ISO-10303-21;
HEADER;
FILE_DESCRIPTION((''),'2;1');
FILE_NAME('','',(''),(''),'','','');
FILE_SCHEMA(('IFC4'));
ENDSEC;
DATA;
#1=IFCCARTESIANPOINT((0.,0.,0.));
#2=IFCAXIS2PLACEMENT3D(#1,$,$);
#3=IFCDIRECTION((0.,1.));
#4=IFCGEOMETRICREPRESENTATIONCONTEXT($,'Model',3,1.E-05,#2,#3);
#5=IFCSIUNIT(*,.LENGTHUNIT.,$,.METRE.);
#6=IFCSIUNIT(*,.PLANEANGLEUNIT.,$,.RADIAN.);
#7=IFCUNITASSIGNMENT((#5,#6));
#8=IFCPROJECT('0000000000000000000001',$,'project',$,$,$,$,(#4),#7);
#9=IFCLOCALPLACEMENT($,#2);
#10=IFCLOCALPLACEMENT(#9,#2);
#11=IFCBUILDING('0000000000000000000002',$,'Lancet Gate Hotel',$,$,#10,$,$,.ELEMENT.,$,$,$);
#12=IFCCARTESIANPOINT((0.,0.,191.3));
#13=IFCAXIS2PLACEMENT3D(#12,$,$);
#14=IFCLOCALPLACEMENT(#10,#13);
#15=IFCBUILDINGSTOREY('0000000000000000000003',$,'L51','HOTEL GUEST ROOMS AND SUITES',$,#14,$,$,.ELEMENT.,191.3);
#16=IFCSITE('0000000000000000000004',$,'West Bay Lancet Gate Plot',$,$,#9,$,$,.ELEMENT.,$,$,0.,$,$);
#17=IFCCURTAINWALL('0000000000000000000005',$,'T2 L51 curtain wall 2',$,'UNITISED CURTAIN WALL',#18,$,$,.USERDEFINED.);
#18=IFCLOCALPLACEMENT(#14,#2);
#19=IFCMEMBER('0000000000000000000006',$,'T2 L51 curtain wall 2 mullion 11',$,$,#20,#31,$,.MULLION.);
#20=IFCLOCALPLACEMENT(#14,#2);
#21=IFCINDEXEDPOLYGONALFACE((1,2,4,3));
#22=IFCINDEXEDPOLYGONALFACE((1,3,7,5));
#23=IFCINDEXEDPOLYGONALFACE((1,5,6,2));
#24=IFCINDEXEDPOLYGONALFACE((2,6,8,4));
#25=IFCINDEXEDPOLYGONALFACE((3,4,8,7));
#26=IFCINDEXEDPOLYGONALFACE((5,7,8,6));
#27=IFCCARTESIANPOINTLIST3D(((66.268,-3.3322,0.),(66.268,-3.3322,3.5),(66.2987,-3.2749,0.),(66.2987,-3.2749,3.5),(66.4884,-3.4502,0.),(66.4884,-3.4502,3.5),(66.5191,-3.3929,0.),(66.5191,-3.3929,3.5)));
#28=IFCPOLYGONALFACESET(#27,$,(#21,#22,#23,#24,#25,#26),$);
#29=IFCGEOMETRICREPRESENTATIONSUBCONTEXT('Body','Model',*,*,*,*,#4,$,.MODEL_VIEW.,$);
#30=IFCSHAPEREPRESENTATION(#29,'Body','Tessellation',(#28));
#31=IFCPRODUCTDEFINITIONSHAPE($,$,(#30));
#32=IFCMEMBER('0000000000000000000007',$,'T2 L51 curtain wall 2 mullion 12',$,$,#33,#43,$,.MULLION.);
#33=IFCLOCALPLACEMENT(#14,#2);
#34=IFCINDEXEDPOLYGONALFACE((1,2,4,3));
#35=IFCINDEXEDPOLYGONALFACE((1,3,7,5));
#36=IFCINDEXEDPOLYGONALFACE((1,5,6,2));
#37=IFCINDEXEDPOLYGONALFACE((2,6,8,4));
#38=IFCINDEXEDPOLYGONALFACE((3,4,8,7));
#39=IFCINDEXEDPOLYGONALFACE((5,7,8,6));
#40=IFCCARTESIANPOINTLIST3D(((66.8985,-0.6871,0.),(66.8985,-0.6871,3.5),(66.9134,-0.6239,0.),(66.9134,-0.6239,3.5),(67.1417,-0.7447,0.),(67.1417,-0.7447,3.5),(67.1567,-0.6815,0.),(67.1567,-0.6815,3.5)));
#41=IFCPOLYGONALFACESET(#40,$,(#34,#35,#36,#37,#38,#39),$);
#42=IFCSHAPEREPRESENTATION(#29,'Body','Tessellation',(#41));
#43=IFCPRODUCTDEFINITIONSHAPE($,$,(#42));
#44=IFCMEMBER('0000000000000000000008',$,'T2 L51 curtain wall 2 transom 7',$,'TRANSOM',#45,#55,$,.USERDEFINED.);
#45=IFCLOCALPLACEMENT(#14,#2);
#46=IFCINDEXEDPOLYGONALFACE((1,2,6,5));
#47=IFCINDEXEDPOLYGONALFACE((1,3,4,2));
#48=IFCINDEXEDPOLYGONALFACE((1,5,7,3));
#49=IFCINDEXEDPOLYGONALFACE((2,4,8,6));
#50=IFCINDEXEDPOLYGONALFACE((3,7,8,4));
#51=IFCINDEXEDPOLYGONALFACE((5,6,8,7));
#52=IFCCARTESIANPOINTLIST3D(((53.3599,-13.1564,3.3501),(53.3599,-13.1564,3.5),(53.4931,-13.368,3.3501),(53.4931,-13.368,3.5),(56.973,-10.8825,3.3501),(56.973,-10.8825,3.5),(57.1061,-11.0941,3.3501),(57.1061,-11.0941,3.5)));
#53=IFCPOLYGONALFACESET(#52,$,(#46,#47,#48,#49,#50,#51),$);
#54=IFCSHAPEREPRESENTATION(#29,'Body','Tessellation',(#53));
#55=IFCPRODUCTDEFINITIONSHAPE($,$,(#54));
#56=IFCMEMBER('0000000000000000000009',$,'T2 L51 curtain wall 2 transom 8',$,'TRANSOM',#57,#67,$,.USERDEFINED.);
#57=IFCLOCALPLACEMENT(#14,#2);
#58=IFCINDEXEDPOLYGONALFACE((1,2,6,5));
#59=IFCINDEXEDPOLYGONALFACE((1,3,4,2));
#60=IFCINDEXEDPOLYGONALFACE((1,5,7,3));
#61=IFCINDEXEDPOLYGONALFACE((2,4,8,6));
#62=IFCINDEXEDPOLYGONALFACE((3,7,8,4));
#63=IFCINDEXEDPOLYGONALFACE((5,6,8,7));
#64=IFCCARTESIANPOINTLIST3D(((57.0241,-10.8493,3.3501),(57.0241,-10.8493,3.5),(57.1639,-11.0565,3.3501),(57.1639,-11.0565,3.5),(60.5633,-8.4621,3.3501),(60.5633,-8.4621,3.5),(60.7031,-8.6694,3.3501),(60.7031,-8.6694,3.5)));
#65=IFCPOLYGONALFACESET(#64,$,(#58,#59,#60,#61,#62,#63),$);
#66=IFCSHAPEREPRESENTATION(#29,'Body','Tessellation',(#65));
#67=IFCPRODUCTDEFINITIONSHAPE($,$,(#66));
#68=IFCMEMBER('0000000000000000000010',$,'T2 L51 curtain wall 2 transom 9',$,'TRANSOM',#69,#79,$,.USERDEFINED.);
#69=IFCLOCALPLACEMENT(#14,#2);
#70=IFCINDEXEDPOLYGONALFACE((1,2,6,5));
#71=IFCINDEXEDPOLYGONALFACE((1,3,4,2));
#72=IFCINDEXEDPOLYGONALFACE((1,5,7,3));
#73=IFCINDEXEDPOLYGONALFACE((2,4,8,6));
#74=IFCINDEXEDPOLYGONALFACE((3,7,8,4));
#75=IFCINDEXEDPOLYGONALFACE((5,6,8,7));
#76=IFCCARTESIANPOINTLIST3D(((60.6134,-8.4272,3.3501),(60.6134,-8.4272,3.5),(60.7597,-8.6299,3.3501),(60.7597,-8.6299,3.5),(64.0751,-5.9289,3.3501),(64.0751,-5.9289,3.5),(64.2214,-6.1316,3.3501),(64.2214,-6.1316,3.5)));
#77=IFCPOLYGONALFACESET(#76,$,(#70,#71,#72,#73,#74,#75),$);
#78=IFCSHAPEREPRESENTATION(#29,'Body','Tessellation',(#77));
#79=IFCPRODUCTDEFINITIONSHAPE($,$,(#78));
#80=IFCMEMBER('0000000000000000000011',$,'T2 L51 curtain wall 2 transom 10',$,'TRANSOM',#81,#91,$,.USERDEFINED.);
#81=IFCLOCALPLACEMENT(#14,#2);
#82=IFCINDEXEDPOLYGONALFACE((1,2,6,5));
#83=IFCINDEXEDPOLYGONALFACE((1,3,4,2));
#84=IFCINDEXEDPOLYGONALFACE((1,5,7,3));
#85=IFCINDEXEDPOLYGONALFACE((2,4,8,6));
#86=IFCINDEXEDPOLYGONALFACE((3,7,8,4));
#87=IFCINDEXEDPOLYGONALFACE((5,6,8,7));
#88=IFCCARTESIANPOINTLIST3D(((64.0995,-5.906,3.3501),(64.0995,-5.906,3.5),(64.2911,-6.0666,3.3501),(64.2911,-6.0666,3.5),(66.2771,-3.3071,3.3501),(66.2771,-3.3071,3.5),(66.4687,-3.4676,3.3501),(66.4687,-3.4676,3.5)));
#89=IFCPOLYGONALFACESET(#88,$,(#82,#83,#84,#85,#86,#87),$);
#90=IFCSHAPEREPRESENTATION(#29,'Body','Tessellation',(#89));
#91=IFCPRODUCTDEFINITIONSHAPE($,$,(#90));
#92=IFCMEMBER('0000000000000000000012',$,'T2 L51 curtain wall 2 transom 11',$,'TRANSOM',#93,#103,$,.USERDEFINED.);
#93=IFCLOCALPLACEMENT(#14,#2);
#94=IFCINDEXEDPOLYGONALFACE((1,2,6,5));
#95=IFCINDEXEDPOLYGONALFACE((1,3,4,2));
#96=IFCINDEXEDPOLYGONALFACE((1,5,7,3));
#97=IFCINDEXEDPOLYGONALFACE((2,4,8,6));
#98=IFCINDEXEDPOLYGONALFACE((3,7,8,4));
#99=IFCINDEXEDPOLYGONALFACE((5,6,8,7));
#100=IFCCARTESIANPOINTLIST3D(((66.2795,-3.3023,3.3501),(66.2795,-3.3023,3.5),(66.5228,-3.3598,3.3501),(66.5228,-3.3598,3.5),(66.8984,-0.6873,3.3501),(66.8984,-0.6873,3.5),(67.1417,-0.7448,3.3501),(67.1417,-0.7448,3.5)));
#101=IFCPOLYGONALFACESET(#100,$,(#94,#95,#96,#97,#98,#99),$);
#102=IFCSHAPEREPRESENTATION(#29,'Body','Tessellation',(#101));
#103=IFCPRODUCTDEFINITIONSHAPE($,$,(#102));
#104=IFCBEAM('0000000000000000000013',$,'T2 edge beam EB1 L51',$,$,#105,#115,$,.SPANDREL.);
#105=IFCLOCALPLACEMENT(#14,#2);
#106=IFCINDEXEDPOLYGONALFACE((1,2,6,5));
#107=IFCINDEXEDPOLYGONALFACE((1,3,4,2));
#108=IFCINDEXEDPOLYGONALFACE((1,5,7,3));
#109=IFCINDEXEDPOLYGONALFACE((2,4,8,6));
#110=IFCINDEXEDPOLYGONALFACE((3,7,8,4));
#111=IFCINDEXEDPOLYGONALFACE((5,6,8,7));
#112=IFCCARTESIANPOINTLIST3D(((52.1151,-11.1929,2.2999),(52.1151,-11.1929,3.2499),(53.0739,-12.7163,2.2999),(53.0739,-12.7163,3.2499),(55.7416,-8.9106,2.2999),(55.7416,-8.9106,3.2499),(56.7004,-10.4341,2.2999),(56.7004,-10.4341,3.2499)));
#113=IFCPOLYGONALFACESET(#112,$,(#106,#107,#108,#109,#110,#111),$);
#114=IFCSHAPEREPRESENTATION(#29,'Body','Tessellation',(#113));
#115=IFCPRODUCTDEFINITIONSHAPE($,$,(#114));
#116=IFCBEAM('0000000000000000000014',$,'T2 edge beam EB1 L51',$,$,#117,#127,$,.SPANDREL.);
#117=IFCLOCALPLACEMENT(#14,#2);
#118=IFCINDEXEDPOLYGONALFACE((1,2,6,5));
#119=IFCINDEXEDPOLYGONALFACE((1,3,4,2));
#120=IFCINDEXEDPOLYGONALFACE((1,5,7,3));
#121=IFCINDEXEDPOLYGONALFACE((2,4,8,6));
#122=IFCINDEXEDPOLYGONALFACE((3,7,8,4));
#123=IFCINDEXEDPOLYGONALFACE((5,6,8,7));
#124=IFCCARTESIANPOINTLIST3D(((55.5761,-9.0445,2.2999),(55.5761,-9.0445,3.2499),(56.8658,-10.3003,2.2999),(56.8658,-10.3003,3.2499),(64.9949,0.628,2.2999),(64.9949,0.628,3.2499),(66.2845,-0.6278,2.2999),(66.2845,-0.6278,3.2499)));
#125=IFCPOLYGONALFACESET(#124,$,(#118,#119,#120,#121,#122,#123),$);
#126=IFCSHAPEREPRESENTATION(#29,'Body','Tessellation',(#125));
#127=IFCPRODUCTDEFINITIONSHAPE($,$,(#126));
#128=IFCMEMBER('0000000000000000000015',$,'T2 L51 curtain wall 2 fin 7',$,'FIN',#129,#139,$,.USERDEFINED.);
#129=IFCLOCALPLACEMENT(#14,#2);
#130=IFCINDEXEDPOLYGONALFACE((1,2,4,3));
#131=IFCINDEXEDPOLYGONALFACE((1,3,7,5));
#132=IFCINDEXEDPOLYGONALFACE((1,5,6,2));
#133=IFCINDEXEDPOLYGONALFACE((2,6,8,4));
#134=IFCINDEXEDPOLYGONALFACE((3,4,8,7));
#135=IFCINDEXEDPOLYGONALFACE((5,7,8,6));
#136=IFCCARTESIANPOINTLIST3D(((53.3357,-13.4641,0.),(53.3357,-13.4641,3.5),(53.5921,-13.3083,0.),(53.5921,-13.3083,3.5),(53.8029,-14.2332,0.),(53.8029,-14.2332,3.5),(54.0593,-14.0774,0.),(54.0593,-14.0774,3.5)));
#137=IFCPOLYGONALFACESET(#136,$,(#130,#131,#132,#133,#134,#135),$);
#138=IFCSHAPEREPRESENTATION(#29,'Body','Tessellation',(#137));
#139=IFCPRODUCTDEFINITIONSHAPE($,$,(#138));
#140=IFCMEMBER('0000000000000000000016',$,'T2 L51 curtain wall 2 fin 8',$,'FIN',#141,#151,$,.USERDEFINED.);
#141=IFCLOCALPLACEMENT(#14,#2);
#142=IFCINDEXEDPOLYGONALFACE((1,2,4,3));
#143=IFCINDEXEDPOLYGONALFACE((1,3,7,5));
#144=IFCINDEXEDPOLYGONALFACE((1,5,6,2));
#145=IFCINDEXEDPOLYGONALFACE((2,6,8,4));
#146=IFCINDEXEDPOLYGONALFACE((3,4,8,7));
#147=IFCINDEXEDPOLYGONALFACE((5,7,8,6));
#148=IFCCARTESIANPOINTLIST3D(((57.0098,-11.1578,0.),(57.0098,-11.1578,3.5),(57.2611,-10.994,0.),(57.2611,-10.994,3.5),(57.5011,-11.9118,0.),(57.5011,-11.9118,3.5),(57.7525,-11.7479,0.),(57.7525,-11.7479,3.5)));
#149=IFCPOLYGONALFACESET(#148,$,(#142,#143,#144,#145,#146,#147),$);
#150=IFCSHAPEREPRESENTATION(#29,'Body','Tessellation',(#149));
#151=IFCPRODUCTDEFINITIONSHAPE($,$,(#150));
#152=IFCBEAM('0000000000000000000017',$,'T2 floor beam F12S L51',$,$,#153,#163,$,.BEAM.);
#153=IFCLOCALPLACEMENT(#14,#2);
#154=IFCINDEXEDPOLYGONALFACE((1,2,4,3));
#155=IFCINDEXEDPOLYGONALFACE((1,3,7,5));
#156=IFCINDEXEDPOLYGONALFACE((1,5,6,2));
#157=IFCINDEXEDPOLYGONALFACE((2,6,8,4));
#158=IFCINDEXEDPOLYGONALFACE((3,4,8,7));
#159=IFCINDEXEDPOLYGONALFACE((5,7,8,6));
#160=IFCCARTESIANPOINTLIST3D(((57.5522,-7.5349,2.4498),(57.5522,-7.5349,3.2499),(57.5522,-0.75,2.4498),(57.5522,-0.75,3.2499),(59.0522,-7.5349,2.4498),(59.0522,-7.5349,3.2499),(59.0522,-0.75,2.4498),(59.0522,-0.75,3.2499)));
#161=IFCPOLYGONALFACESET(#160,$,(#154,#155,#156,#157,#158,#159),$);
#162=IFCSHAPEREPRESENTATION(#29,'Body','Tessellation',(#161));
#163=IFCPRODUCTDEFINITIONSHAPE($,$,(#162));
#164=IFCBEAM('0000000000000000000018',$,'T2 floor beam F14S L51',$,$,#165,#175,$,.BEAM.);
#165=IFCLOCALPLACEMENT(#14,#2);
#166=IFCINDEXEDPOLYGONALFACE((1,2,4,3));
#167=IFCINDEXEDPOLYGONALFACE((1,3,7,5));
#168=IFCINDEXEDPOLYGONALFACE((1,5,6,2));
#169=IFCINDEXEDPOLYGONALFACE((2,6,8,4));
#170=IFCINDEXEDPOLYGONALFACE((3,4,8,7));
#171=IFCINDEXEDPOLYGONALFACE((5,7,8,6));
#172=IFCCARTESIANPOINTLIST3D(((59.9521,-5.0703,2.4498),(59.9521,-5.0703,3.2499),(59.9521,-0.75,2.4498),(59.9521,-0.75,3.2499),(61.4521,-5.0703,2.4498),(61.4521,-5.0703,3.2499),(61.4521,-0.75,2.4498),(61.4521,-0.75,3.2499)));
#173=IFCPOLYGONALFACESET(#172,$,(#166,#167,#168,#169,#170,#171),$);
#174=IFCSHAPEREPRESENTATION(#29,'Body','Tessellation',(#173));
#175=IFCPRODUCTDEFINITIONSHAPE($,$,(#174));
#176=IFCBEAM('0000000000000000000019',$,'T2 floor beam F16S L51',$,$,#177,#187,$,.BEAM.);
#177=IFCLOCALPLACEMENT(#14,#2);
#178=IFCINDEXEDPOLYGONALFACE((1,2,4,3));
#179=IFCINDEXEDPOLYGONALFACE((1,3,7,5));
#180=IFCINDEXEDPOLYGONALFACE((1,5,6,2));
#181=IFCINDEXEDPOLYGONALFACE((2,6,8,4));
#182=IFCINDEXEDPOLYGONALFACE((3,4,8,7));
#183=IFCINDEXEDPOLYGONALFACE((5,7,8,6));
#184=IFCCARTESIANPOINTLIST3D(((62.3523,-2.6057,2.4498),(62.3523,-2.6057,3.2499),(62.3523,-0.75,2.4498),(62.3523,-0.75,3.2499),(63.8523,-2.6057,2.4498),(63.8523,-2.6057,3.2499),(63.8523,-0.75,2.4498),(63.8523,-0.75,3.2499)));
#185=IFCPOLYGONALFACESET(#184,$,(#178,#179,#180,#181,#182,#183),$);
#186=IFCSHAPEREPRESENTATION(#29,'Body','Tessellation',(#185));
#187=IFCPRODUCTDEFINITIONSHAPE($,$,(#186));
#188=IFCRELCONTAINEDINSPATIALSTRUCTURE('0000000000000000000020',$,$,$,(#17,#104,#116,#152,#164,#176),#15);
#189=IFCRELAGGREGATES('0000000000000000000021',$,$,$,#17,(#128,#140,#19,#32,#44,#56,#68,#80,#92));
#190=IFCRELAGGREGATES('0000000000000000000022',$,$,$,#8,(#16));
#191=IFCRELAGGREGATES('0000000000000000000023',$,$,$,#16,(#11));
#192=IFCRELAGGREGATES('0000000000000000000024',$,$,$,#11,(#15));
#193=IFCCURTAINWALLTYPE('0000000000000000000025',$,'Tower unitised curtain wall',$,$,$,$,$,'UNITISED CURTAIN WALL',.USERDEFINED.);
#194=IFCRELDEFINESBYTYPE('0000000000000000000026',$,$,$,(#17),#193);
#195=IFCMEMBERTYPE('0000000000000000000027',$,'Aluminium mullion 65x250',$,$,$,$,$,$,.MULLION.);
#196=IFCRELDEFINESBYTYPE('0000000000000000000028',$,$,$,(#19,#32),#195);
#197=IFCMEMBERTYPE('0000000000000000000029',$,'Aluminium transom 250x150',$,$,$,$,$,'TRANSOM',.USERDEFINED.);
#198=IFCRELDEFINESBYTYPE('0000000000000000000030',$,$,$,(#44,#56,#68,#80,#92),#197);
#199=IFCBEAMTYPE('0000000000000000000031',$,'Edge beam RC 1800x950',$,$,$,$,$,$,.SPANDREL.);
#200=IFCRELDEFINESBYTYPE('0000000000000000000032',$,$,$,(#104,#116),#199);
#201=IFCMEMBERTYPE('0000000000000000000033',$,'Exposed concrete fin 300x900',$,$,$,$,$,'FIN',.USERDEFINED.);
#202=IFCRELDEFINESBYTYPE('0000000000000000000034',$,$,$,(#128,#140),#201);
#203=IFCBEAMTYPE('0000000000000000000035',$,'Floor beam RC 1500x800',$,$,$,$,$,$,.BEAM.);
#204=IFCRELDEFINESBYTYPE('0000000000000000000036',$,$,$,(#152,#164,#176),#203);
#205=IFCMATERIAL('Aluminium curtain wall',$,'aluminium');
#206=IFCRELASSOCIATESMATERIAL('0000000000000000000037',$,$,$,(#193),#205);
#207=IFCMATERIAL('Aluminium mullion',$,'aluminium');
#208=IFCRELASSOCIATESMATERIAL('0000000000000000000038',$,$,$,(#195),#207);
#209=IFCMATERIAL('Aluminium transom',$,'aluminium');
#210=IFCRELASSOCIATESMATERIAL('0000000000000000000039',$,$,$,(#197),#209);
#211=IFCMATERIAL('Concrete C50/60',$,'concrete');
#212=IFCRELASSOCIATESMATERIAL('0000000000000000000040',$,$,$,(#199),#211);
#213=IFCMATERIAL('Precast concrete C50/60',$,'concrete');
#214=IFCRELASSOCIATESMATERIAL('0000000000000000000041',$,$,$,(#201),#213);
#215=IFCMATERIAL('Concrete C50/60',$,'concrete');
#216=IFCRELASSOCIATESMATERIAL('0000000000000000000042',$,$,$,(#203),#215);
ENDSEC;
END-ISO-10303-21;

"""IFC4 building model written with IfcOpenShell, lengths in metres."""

from ifc_helpers import new_model, si_unit, direction, frame, origin, origin_2d, place, context, subcontext, project, spatial, rectangle, extrude, material, material_profile, profile_set, type_object, element, aggregate, save


model = new_model("IFC4")

# Units and contexts
model_context = context("Model", 3, precision=1e-05, world=origin(), true_north=direction((0.0, 1.0)))
body_context = subcontext(model_context, "Body", "Model", "MODEL_VIEW")
ifc_project = project(units=[si_unit("LENGTHUNIT", "METRE"), si_unit("PLANEANGLEUNIT", "RADIAN")], contexts=[model_context])

# Site, building, storey
site_placement = place(None, origin())
site = spatial("IfcSite", under=ifc_project, at=site_placement, Name="West Bay Lancet Gate Plot", CompositionType="ELEMENT", RefElevation=0.0)
building_placement = place(site_placement, origin())
building = spatial("IfcBuilding", under=site, at=building_placement, Name="Lancet Gate Hotel", CompositionType="ELEMENT")
storey_placement = place(building_placement, frame((0.0, 0.0, 191.3)))
storey = spatial("IfcBuildingStorey", under=building, at=storey_placement, Name="L51", Description="HOTEL GUEST ROOMS AND SUITES", CompositionType="ELEMENT", Elevation=191.3)

# Curtain wall, members
ifc_material_1 = material(Name="Aluminium curtain wall", Category="aluminium")
curtain_wall_type = type_object("IfcCurtainWallType", Name="Tower unitised curtain wall", ElementType="UNITISED CURTAIN WALL", PredefinedType="USERDEFINED", material=ifc_material_1)
curtain_wall_placement = place(storey_placement, origin())
curtain_wall = element("IfcCurtainWall", 1, at=curtain_wall_placement, inside=storey, type_object=curtain_wall_type, Name="T2 L51 curtain wall 2", ObjectType="UNITISED CURTAIN WALL", PredefinedType="USERDEFINED")
ifc_material_2 = material(Name="Aluminium mullion", Category="aluminium")
ifc_material_profile_1 = material_profile(ifc_material_2, rectangle(XDim=0.0649, YDim=0.25, at=origin_2d()), Name="MULLION 65x250")
ifc_profile_set_1 = profile_set([ifc_material_profile_1], Name="Aluminium mullion")
member_type_1 = type_object("IfcMemberType", Name="Aluminium mullion 65x250", PredefinedType="MULLION", material=ifc_profile_set_1)
member_1_placement = place(storey_placement, frame((66.3936, -3.3625, 0.0), z_axis=(0.0, 0.0, 1.0), x_axis=(0.472146, 0.88152, 0.0)))
member_1 = element("IfcMember", 2, at=member_1_placement, type_object=member_type_1, Name="T2 L51 curtain wall 2 mullion 11", PredefinedType="MULLION", context=body_context, shape_type="SweptSolid", body=[
    extrude(rectangle(XDim=0.0649, YDim=0.25, at=origin_2d()), origin(), (0.0, 0.0, 1.0), 3.5),
])
member_2_placement = place(storey_placement, frame((67.0276, -0.6843, 0.0), z_axis=(0.0, 0.0, 1.0), x_axis=(0.230367, 0.973104, 0.0)))
member_2 = element("IfcMember", 3, at=member_2_placement, type_object=member_type_1, Name="T2 L51 curtain wall 2 mullion 12", PredefinedType="MULLION", context=body_context, shape_type="SweptSolid", body=[
    extrude(rectangle(XDim=0.0649, YDim=0.25, at=origin_2d()), origin(), (0.0, 0.0, 1.0), 3.5),
])
ifc_material_3 = material(Name="Aluminium transom", Category="aluminium")
ifc_material_profile_2 = material_profile(ifc_material_3, rectangle(XDim=0.25, YDim=0.1499, at=origin_2d()), Name="TRANSOM 250x150")
ifc_profile_set_2 = profile_set([ifc_material_profile_2], Name="Aluminium transom")
member_type_2 = type_object("IfcMemberType", Name="Aluminium transom 250x150", ElementType="TRANSOM", PredefinedType="USERDEFINED", material=ifc_profile_set_2)
member_3_placement = place(storey_placement, frame((53.4265, -13.2622, 3.425), z_axis=(0.846333, 0.532654, 0.0), x_axis=(-0.532654, 0.846333, 0.0)))
member_3 = element("IfcMember", 4, at=member_3_placement, type_object=member_type_2, Name="T2 L51 curtain wall 2 transom 7", ObjectType="TRANSOM", PredefinedType="USERDEFINED", context=body_context, shape_type="SweptSolid", body=[
    extrude(rectangle(XDim=0.25, YDim=0.1499, at=origin_2d()), origin(), (0.0, 0.0, 1.0), 4.269),
])
member_4_placement = place(storey_placement, frame((57.094, -10.9529, 3.425), z_axis=(0.829047, 0.559179, 0.0), x_axis=(-0.559179, 0.829047, 0.0)))
member_4 = element("IfcMember", 5, at=member_4_placement, type_object=member_type_2, Name="T2 L51 curtain wall 2 transom 8", ObjectType="TRANSOM", PredefinedType="USERDEFINED", context=body_context, shape_type="SweptSolid", body=[
    extrude(rectangle(XDim=0.25, YDim=0.1499, at=origin_2d()), origin(), (0.0, 0.0, 1.0), 4.269),
])
member_5_placement = place(storey_placement, frame((60.6865, -8.5286, 3.425), z_axis=(0.81088, 0.585213, 0.0), x_axis=(-0.585213, 0.81088, 0.0)))
member_5 = element("IfcMember", 6, at=member_5_placement, type_object=member_type_2, Name="T2 L51 curtain wall 2 transom 9", ObjectType="TRANSOM", PredefinedType="USERDEFINED", context=body_context, shape_type="SweptSolid", body=[
    extrude(rectangle(XDim=0.25, YDim=0.1499, at=origin_2d()), origin(), (0.0, 0.0, 1.0), 4.269),
])
member_6_placement = place(storey_placement, frame((64.1953, -5.9863, 3.425), z_axis=(0.642229, 0.766513, 0.0), x_axis=(-0.766513, 0.642229, 0.0)))
member_6 = element("IfcMember", 7, at=member_6_placement, type_object=member_type_2, Name="T2 L51 curtain wall 2 transom 10", ObjectType="TRANSOM", PredefinedType="USERDEFINED", context=body_context, shape_type="SweptSolid", body=[
    extrude(rectangle(XDim=0.25, YDim=0.1499, at=origin_2d()), origin(), (0.0, 0.0, 1.0), 3.3906),
])
member_7_placement = place(storey_placement, frame((66.4011, -3.3311, 3.425), z_axis=(0.23031, 0.973117, 0.0), x_axis=(-0.973117, 0.23031, 0.0)))
member_7 = element("IfcMember", 8, at=member_7_placement, type_object=member_type_2, Name="T2 L51 curtain wall 2 transom 11", ObjectType="TRANSOM", PredefinedType="USERDEFINED", context=body_context, shape_type="SweptSolid", body=[
    extrude(rectangle(XDim=0.25, YDim=0.1499, at=origin_2d()), origin(), (0.0, 0.0, 1.0), 2.6873),
])

# Beams
ifc_material_4 = material(Name="Concrete C50/60", Category="concrete")
ifc_material_profile_3 = material_profile(ifc_material_4, rectangle(XDim=1.8, YDim=0.95, at=origin_2d()), Name="RC 1800x950")
ifc_profile_set_3 = profile_set([ifc_material_profile_3], Name="Concrete C50/60")
beam_type_1 = type_object("IfcBeamType", Name="Edge beam RC 1800x950", PredefinedType="SPANDREL", material=ifc_profile_set_3)
beam_1_placement = place(storey_placement, frame((52.5945, -11.9546, 2.7749), z_axis=(0.846349, 0.532629, 0.0), x_axis=(-0.532629, 0.846349, 0.0)))
element("IfcBeam", 9, at=beam_1_placement, inside=storey, type_object=beam_type_1, Name="T2 edge beam EB1 L51", PredefinedType="SPANDREL", context=body_context, shape_type="SweptSolid", body=[
    extrude(rectangle(XDim=1.8, YDim=0.95, at=origin_2d()), origin(), (0.0, 0.0, 1.0), 4.2849),
])
beam_2_placement = place(storey_placement, frame((56.2209, -9.6724, 2.7749), z_axis=(0.69765, 0.716439, 0.0), x_axis=(-0.716439, 0.69765, 0.0)))
element("IfcBeam", 10, at=beam_2_placement, inside=storey, type_object=beam_type_1, Name="T2 edge beam EB1 L51", PredefinedType="SPANDREL", context=body_context, shape_type="SweptSolid", body=[
    extrude(rectangle(XDim=1.8, YDim=0.95, at=origin_2d()), origin(), (0.0, 0.0, 1.0), 13.5007),
])

# Members
ifc_material_5 = material(Name="Precast concrete C50/60", Category="concrete")
ifc_material_profile_4 = material_profile(ifc_material_5, rectangle(XDim=0.3, YDim=0.8999, at=origin_2d()), Name="FIN 300x900")
ifc_profile_set_4 = profile_set([ifc_material_profile_4], Name="Precast concrete C50/60")
member_type_3 = type_object("IfcMemberType", Name="Exposed concrete fin 300x900", ElementType="FIN", PredefinedType="USERDEFINED", material=ifc_profile_set_4)
member_8_placement = place(storey_placement, frame((53.6975, -13.7708, 0.0), z_axis=(0.0, 0.0, 1.0), x_axis=(0.854691, 0.519137, 0.0)))
member_8 = element("IfcMember", 11, at=member_8_placement, type_object=member_type_3, Name="T2 L51 curtain wall 2 fin 7", ObjectType="FIN", PredefinedType="USERDEFINED", context=body_context, shape_type="SweptSolid", body=[
    extrude(rectangle(XDim=0.3, YDim=0.8999, at=origin_2d()), origin(), (0.0, 0.0, 1.0), 3.5),
])
member_9_placement = place(storey_placement, frame((57.3811, -11.4529, 0.0), z_axis=(0.0, 0.0, 1.0), x_axis=(0.837801, 0.545976, 0.0)))
member_9 = element("IfcMember", 12, at=member_9_placement, type_object=member_type_3, Name="T2 L51 curtain wall 2 fin 8", ObjectType="FIN", PredefinedType="USERDEFINED", context=body_context, shape_type="SweptSolid", body=[
    extrude(rectangle(XDim=0.3, YDim=0.8999, at=origin_2d()), origin(), (0.0, 0.0, 1.0), 3.5),
])

# Beams
ifc_material_6 = material(Name="Concrete C50/60", Category="concrete")
ifc_material_profile_5 = material_profile(ifc_material_6, rectangle(XDim=1.5, YDim=0.8, at=origin_2d()), Name="RC 1500x800")
ifc_profile_set_5 = profile_set([ifc_material_profile_5], Name="Concrete C50/60")
beam_type_2 = type_object("IfcBeamType", Name="Floor beam RC 1500x800", PredefinedType="BEAM", material=ifc_profile_set_5)
beam_3_placement = place(storey_placement, frame((58.3022, -7.5349, 2.8499), z_axis=(0.0, 1.0, 0.0), x_axis=(-1.0, 0.0, 0.0)))
element("IfcBeam", 13, at=beam_3_placement, inside=storey, type_object=beam_type_2, Name="T2 floor beam F12S L51", PredefinedType="BEAM", context=body_context, shape_type="SweptSolid", body=[
    extrude(rectangle(XDim=1.5, YDim=0.8, at=origin_2d()), origin(), (0.0, 0.0, 1.0), 6.7849),
])
beam_4_placement = place(storey_placement, frame((60.7021, -5.0703, 2.8499), z_axis=(0.0, 1.0, 0.0), x_axis=(-1.0, 0.0, 0.0)))
element("IfcBeam", 14, at=beam_4_placement, inside=storey, type_object=beam_type_2, Name="T2 floor beam F14S L51", PredefinedType="BEAM", context=body_context, shape_type="SweptSolid", body=[
    extrude(rectangle(XDim=1.5, YDim=0.8, at=origin_2d()), origin(), (0.0, 0.0, 1.0), 4.3203),
])
beam_5_placement = place(storey_placement, frame((63.1023, -2.6057, 2.8499), z_axis=(0.0, 1.0, 0.0), x_axis=(-1.0, 0.0, 0.0)))
element("IfcBeam", 15, at=beam_5_placement, inside=storey, type_object=beam_type_2, Name="T2 floor beam F16S L51", PredefinedType="BEAM", context=body_context, shape_type="SweptSolid", body=[
    extrude(rectangle(XDim=1.5, YDim=0.8, at=origin_2d()), origin(), (0.0, 0.0, 1.0), 1.8557),
])

aggregate(curtain_wall, [member_8, member_9, member_1, member_2, member_3, member_4, member_5, member_6, member_7])

save(model, "model.ifc")
